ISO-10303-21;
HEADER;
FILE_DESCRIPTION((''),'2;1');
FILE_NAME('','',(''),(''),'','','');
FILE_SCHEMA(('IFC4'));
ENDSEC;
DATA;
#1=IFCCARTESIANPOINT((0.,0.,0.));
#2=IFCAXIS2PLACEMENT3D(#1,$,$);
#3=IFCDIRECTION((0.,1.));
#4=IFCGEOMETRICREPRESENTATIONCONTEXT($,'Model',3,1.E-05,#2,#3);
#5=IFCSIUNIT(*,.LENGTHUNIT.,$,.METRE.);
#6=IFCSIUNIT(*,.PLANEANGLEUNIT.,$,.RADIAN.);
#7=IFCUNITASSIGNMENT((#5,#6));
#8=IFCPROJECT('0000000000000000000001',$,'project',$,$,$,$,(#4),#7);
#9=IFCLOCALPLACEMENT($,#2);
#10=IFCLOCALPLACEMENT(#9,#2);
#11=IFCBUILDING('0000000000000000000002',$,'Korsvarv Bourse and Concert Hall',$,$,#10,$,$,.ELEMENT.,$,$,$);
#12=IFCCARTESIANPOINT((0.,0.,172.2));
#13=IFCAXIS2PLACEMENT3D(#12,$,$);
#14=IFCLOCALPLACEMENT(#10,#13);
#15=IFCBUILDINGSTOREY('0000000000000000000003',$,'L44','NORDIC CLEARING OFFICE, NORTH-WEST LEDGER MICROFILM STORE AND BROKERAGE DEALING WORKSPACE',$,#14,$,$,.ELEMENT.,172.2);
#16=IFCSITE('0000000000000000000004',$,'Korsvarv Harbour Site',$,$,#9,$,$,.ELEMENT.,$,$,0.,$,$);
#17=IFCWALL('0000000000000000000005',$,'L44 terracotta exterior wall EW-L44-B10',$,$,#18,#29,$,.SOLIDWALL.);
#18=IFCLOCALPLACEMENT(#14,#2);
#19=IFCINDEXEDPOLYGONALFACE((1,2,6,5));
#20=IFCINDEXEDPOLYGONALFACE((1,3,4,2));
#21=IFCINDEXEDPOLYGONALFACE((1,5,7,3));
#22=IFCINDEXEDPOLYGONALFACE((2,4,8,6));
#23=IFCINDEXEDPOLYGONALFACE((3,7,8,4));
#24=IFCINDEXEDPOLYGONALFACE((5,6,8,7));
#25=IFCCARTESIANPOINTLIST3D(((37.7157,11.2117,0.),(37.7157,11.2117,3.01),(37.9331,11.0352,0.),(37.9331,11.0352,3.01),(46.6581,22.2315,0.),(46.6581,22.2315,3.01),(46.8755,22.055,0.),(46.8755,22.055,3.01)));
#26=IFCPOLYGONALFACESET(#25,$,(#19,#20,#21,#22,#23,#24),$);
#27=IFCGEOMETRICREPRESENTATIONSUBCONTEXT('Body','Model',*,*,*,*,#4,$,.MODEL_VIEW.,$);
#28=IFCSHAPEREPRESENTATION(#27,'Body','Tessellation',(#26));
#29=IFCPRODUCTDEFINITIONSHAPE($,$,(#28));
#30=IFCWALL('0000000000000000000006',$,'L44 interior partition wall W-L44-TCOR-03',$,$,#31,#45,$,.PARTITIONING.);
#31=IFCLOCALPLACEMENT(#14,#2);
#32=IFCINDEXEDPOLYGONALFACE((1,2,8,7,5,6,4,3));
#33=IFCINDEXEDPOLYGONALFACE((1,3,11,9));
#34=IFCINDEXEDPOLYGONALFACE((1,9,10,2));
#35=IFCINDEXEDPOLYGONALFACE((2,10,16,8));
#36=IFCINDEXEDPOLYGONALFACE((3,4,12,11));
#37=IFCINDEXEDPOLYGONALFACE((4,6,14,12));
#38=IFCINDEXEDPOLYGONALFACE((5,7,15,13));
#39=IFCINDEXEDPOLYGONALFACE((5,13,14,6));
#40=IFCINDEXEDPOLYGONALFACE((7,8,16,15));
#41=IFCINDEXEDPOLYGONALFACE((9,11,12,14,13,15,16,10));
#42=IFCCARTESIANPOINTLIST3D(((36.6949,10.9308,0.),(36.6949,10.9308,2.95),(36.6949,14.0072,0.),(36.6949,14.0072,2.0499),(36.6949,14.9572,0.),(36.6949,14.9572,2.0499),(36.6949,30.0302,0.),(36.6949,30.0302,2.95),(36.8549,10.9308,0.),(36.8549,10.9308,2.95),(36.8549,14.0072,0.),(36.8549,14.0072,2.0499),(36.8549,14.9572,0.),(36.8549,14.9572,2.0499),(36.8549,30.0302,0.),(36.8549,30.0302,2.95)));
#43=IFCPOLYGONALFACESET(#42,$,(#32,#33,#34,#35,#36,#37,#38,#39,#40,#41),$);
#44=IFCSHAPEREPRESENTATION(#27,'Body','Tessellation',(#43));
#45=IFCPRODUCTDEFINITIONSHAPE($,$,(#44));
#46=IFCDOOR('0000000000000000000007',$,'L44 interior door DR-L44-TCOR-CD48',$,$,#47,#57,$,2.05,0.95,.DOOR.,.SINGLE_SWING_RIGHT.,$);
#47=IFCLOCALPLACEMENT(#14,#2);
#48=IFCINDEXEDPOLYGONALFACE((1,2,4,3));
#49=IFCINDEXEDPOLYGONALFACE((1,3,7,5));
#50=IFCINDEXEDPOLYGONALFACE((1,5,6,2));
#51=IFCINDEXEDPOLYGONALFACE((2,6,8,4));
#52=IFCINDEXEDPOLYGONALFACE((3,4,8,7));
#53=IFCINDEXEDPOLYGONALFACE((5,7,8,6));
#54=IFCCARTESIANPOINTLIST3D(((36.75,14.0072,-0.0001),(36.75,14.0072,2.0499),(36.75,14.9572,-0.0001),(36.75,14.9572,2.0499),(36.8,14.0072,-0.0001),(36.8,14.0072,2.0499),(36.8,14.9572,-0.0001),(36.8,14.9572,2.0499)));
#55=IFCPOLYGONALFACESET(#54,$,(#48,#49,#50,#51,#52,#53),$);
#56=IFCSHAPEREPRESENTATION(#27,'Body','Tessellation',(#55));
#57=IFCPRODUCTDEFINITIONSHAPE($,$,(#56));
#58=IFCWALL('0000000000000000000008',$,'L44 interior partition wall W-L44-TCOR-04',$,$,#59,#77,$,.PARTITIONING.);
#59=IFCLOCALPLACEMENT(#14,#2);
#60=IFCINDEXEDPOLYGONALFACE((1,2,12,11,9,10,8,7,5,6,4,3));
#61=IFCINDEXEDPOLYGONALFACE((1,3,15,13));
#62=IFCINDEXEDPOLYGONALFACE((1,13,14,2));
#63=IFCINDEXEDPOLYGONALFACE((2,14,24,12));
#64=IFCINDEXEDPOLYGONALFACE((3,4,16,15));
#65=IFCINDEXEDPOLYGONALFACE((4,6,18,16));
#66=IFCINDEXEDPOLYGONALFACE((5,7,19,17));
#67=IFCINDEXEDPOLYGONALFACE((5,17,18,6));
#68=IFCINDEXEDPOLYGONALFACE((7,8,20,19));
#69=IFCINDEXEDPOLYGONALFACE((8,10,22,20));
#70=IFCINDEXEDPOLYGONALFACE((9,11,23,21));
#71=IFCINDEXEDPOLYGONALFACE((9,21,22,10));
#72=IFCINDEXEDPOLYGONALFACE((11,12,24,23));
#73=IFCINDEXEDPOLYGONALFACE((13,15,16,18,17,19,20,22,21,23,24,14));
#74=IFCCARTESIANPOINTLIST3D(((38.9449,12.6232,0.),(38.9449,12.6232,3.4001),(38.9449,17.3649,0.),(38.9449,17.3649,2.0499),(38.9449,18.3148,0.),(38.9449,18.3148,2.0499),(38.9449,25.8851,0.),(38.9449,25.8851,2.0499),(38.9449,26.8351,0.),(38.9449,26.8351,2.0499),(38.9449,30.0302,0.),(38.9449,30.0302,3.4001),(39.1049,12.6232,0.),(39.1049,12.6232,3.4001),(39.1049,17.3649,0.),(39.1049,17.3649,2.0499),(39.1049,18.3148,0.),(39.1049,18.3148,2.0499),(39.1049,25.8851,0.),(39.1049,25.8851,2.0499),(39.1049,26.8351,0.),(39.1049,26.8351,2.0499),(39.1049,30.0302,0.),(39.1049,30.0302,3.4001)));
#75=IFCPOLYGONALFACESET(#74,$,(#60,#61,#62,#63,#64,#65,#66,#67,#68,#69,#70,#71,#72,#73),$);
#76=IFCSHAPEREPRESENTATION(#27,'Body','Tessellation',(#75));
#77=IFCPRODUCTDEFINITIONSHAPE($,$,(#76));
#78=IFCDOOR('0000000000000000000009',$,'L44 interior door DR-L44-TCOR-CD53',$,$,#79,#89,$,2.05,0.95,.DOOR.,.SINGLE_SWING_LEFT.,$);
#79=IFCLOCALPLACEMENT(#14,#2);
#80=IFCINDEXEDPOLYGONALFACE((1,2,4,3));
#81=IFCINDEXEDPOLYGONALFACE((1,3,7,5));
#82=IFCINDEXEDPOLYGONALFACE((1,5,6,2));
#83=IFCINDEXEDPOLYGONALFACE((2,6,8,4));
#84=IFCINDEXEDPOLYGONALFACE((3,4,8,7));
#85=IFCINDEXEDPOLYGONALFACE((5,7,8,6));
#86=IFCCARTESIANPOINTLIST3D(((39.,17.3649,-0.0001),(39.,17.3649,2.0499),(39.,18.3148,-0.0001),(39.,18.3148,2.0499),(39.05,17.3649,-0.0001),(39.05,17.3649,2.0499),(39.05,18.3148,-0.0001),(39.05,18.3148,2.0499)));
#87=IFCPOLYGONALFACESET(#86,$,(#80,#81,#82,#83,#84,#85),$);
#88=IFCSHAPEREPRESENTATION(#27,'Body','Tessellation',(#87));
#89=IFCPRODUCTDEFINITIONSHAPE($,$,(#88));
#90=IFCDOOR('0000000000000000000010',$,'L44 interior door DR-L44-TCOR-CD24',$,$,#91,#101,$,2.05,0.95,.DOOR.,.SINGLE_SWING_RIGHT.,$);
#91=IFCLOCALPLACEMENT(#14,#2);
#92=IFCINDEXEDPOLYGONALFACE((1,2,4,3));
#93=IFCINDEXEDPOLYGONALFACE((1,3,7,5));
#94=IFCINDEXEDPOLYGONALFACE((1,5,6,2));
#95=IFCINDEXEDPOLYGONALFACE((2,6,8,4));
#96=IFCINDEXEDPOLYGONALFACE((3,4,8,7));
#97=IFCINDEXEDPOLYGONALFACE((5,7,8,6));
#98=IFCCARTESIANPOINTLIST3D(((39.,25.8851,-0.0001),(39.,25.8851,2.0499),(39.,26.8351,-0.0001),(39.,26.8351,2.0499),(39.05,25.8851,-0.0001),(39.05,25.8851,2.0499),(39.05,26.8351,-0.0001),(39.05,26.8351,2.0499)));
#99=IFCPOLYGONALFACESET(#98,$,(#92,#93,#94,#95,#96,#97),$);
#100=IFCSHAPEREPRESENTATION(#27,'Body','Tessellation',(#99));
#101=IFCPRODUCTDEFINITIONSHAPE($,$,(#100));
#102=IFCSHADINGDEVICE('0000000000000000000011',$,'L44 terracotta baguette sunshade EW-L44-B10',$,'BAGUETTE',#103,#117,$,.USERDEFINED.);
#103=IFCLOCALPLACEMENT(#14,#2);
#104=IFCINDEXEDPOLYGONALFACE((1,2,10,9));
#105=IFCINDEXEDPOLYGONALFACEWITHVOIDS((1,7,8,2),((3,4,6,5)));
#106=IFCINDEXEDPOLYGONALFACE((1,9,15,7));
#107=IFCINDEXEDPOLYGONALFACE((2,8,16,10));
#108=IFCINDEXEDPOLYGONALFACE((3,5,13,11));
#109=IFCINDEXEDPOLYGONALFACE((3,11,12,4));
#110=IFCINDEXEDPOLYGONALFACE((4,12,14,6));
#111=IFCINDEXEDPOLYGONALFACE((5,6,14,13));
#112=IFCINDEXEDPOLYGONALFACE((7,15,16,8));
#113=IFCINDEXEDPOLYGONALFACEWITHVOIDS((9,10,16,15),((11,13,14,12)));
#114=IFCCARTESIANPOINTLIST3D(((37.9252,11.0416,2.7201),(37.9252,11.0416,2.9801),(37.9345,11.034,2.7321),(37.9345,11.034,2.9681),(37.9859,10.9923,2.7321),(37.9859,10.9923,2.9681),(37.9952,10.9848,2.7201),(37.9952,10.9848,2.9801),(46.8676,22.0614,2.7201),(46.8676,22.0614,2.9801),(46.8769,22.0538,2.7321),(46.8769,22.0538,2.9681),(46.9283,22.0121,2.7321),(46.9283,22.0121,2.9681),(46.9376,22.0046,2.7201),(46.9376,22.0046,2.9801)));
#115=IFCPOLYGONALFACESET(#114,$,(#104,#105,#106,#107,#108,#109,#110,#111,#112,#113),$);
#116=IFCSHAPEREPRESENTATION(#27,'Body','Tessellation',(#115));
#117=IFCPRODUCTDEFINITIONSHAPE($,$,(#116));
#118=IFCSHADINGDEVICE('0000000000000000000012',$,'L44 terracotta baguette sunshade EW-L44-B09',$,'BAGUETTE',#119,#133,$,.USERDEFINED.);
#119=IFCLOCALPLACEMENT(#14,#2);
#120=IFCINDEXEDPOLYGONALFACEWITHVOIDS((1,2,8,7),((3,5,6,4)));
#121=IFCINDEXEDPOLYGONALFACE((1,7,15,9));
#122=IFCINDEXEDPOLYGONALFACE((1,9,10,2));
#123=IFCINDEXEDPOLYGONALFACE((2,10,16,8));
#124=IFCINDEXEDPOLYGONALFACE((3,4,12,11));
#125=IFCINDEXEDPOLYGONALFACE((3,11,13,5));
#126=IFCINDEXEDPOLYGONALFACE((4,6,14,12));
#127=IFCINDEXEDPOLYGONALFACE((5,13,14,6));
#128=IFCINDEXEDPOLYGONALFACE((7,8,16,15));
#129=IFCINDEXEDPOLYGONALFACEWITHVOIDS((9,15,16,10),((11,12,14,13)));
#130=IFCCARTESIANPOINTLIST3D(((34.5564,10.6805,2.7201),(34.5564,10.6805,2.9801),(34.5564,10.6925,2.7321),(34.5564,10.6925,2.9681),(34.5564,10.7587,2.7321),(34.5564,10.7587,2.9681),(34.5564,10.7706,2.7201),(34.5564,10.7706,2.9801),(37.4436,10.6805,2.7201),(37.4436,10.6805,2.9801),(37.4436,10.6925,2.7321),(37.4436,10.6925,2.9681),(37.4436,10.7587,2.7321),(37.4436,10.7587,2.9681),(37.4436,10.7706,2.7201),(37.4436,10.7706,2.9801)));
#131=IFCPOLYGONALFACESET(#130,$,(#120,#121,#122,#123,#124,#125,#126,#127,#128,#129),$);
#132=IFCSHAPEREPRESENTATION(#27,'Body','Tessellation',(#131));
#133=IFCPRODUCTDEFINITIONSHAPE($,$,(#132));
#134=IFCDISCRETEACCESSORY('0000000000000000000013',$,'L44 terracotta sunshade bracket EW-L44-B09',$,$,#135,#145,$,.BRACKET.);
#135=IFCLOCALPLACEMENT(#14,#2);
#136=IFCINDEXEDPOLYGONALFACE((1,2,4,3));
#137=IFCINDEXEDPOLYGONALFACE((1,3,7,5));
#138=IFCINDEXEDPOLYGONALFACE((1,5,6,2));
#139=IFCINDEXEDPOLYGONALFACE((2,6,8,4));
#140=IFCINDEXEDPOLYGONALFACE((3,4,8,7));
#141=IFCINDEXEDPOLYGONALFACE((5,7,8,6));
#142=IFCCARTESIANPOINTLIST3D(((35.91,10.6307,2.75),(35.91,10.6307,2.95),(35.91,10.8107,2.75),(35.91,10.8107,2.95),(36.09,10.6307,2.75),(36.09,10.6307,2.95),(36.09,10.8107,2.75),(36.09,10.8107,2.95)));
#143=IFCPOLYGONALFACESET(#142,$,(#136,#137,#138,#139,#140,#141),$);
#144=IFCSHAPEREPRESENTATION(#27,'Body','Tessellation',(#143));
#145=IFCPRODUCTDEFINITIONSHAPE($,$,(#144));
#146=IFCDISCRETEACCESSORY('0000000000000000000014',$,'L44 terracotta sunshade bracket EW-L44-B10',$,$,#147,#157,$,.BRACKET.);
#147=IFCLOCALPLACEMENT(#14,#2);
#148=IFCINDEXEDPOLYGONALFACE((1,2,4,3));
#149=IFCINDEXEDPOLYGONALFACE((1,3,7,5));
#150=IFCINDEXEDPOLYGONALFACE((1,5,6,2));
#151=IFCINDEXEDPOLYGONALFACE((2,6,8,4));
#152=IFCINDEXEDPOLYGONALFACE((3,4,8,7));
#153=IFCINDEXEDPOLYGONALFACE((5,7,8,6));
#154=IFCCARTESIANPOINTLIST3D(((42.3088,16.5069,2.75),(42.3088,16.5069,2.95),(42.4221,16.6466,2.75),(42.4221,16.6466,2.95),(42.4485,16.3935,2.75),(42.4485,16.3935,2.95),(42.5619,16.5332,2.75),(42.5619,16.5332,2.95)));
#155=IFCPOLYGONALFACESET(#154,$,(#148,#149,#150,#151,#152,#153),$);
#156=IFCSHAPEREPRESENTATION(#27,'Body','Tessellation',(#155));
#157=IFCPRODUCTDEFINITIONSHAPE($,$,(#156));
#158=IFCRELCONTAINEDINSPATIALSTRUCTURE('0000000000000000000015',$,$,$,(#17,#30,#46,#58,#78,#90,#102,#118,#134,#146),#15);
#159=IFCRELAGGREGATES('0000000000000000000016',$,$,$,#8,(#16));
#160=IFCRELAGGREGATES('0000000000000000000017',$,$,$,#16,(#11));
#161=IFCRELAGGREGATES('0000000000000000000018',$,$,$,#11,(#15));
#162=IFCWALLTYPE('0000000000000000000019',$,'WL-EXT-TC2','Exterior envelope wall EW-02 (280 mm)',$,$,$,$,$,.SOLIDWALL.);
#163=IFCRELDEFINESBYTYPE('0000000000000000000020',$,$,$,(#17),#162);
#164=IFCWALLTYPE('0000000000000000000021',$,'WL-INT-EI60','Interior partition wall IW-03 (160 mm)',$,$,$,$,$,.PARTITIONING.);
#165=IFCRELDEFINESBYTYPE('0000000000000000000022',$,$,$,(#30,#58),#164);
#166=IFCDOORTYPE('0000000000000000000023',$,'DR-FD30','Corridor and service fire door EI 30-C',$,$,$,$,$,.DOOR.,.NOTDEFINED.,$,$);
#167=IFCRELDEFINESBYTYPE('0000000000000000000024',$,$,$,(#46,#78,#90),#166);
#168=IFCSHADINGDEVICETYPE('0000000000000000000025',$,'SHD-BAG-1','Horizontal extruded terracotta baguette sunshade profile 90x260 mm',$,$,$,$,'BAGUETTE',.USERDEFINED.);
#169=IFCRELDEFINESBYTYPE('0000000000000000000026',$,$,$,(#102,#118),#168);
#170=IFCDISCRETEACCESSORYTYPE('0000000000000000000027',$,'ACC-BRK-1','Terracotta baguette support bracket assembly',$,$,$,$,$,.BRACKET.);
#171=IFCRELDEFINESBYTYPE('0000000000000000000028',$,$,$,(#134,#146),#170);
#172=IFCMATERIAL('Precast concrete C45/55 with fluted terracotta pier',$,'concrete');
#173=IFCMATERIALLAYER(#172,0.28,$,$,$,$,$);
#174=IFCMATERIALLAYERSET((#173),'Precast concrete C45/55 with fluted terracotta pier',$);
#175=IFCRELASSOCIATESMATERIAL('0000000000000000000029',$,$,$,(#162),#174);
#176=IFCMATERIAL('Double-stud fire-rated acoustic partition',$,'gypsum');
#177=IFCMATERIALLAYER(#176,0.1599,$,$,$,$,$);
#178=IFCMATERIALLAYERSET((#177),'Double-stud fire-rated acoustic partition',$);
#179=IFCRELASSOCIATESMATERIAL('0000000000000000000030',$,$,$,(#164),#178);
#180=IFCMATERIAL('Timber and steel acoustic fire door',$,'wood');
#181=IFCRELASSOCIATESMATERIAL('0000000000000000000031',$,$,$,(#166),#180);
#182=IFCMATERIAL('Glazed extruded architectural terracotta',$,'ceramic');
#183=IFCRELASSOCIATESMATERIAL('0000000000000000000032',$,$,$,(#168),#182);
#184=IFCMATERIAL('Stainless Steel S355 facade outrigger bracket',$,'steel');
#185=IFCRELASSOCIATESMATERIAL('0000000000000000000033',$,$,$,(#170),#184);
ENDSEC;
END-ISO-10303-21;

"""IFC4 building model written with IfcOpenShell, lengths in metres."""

from ifc_helpers import new_model, si_unit, direction, frame, frame_2d, origin, origin_2d, place, context, subcontext, project, spatial, rectangle, hollow_rectangle, extrude, source, transform, mapped, material, layer, layer_set, material_profile, profile_set, type_object, element, fill, save


model = new_model("IFC4")

# Units and contexts
model_context = context("Model", 3, precision=1e-05, world=origin(), true_north=direction((0.0, 1.0)))
body_context = subcontext(model_context, "Body", "Model", "MODEL_VIEW")
ifc_project = project(units=[si_unit("LENGTHUNIT", "METRE"), si_unit("PLANEANGLEUNIT", "RADIAN")], contexts=[model_context])

# Site, building, storey
site_placement = place(None, origin())
site = spatial("IfcSite", under=ifc_project, at=site_placement, Name="Korsvarv Harbour Site", CompositionType="ELEMENT", RefElevation=0.0)
building_placement = place(site_placement, origin())
building = spatial("IfcBuilding", under=site, at=building_placement, Name="Korsvarv Bourse and Concert Hall", CompositionType="ELEMENT")
storey_placement = place(building_placement, frame((0.0, 0.0, 172.2)))
storey = spatial("IfcBuildingStorey", under=building, at=storey_placement, Name="L44", Description="NORDIC CLEARING OFFICE, NORTH-WEST LEDGER MICROFILM STORE AND BROKERAGE DEALING WORKSPACE", CompositionType="ELEMENT", Elevation=172.2)

# Wall
ifc_material_1 = material(Name="Precast concrete C45/55 with fluted terracotta pier", Category="concrete")
ifc_layer_1 = layer(ifc_material_1, 0.28)
ifc_layer_set_1 = layer_set([ifc_layer_1], Name="Precast concrete C45/55 with fluted terracotta pier")
wall_type_1 = type_object("IfcWallType", Name="WL-EXT-TC2", Description="Exterior envelope wall EW-02 (280 mm)", PredefinedType="SOLIDWALL", material=ifc_layer_set_1)
wall_1_placement = place(storey_placement, frame((37.8245, 11.1235, 0.0), z_axis=(0.0, 0.0, 1.0), x_axis=(0.630118, 0.7765, 0.0)))
element("IfcWall", 1, at=wall_1_placement, inside=storey, type_object=wall_type_1, Name="L44 terracotta exterior wall EW-L44-B10", PredefinedType="SOLIDWALL", context=body_context, shape_type="SweptSolid", body=[
    extrude(rectangle(XDim=14.1917, YDim=0.28, at=frame_2d((7.0957, 0.0))), origin(), (0.0, 0.0, 1.0), 3.01),
])

# Wall, opening, door
ifc_material_2 = material(Name="Double-stud fire-rated acoustic partition", Category="gypsum")
ifc_layer_2 = layer(ifc_material_2, 0.1599)
ifc_layer_set_2 = layer_set([ifc_layer_2], Name="Double-stud fire-rated acoustic partition")
wall_type_2 = type_object("IfcWallType", Name="WL-INT-EI60", Description="Interior partition wall IW-03 (160 mm)", PredefinedType="PARTITIONING", material=ifc_layer_set_2)
wall_2_placement = place(storey_placement, frame((36.7749, 10.9307, 0.0), z_axis=(0.0, 0.0, 1.0), x_axis=(0.0, 1.0, 0.0)))
wall_2 = element("IfcWall", 2, at=wall_2_placement, inside=storey, type_object=wall_type_2, Name="L44 interior partition wall W-L44-TCOR-03", PredefinedType="PARTITIONING", context=body_context, shape_type="SweptSolid", body=[
    extrude(rectangle(XDim=19.0994, YDim=0.1599, at=frame_2d((9.5498, 0.0))), origin(), (0.0, 0.0, 1.0), 2.95),
])
opening_1_placement = place(wall_2_placement, frame((3.0764, 0.0, 0.0)))
opening_1 = element("IfcOpeningElement", 3, at=opening_1_placement, cuts=wall_2, PredefinedType="OPENING", context=body_context, shape_type="SweptSolid", body=[
    extrude(rectangle(XDim=0.95, YDim=2.05, at=frame_2d((0.4751, 1.0249))), frame((0.0, 0.0898, 0.0), z_axis=(0.0, -1.0, 0.0), x_axis=(1.0, 0.0, 0.0)), (0.0, 0.0, 1.0), 0.1799),
])
ifc_material_3 = material(Name="Timber and steel acoustic fire door", Category="wood")
door_type = type_object("IfcDoorType", Name="DR-FD30", Description="Corridor and service fire door EI 30-C", OperationType="NOTDEFINED", PredefinedType="DOOR", material=ifc_material_3)
door_1_placement = place(opening_1_placement, origin())
door_1 = element("IfcDoor", 4, at=door_1_placement, inside=storey, type_object=door_type, Name="L44 interior door DR-L44-TCOR-CD48", OperationType="SINGLE_SWING_RIGHT", OverallHeight=2.05, OverallWidth=0.95, PredefinedType="DOOR", context=body_context, shape_type="SweptSolid", body=[
    extrude(rectangle(XDim=0.95, YDim=2.05, at=frame_2d((0.4751, 1.0249))), frame((0.0, 0.0249, 0.0), z_axis=(0.0, -1.0, 0.0), x_axis=(1.0, 0.0, 0.0)), (0.0, 0.0, 1.0), 0.05),
])
fill(opening_1, door_1)

# Wall, openings, doors
wall_3_placement = place(storey_placement, frame((39.0249, 12.623, 0.0), z_axis=(0.0, 0.0, 1.0), x_axis=(0.0, 1.0, 0.0)))
wall_3 = element("IfcWall", 5, at=wall_3_placement, inside=storey, type_object=wall_type_2, Name="L44 interior partition wall W-L44-TCOR-04", PredefinedType="PARTITIONING", context=body_context, shape_type="SweptSolid", body=[
    extrude(rectangle(XDim=17.407, YDim=0.1599, at=frame_2d((8.7036, 0.0))), origin(), (0.0, 0.0, 1.0), 3.4001),
])
opening_2_placement = place(wall_3_placement, frame((4.7417, 0.0, 0.0)))
opening_2 = element("IfcOpeningElement", 6, at=opening_2_placement, cuts=wall_3, PredefinedType="OPENING", context=body_context, shape_type="SweptSolid", body=[
    extrude(rectangle(XDim=0.95, YDim=2.05, at=frame_2d((0.4751, 1.0249))), frame((0.0, 0.0898, 0.0), z_axis=(0.0, -1.0, 0.0), x_axis=(1.0, 0.0, 0.0)), (0.0, 0.0, 1.0), 0.1799),
])
opening_3_placement = place(wall_3_placement, frame((13.262, 0.0, 0.0)))
opening_3 = element("IfcOpeningElement", 7, at=opening_3_placement, cuts=wall_3, PredefinedType="OPENING", context=body_context, shape_type="SweptSolid", body=[
    extrude(rectangle(XDim=0.95, YDim=2.05, at=frame_2d((0.4751, 1.0249))), frame((0.0, 0.0898, 0.0), z_axis=(0.0, -1.0, 0.0), x_axis=(1.0, 0.0, 0.0)), (0.0, 0.0, 1.0), 0.1799),
])
door_2_placement = place(opening_2_placement, origin())
door_2 = element("IfcDoor", 8, at=door_2_placement, inside=storey, type_object=door_type, Name="L44 interior door DR-L44-TCOR-CD53", OperationType="SINGLE_SWING_LEFT", OverallHeight=2.05, OverallWidth=0.95, PredefinedType="DOOR", context=body_context, shape_type="SweptSolid", body=[
    extrude(rectangle(XDim=0.95, YDim=2.05, at=frame_2d((0.4751, 1.0249))), frame((0.0, 0.0249, 0.0), z_axis=(0.0, -1.0, 0.0), x_axis=(1.0, 0.0, 0.0)), (0.0, 0.0, 1.0), 0.05),
])
fill(opening_2, door_2)
door_3_placement = place(opening_3_placement, origin())
door_3 = element("IfcDoor", 9, at=door_3_placement, inside=storey, type_object=door_type, Name="L44 interior door DR-L44-TCOR-CD24", OperationType="SINGLE_SWING_RIGHT", OverallHeight=2.05, OverallWidth=0.95, PredefinedType="DOOR", context=body_context, shape_type="SweptSolid", body=[
    extrude(rectangle(XDim=0.95, YDim=2.05, at=frame_2d((0.4751, 1.0249))), frame((0.0, 0.0249, 0.0), z_axis=(0.0, -1.0, 0.0), x_axis=(1.0, 0.0, 0.0)), (0.0, 0.0, 1.0), 0.05),
])
fill(opening_3, door_3)

# Shading devices
ifc_material_4 = material(Name="Glazed extruded architectural terracotta", Category="ceramic")
ifc_material_profile_1 = material_profile(ifc_material_4, hollow_rectangle(XDim=0.0901, YDim=0.26, WallThickness=0.012, at=origin_2d()), Name="TC-BAG 90x260")
ifc_profile_set_1 = profile_set([ifc_material_profile_1], Name="Glazed extruded architectural terracotta")
shading_device_type = type_object("IfcShadingDeviceType", Name="SHD-BAG-1", Description="Horizontal extruded terracotta baguette sunshade profile 90x260 mm", ElementType="BAGUETTE", PredefinedType="USERDEFINED", material=ifc_profile_set_1)
shared_shape_1 = source(origin(), body_context, "Body", "SweptSolid", [
    extrude(hollow_rectangle(XDim=0.0901, YDim=0.26, WallThickness=0.012, at=origin_2d()), origin(), (0.0, 0.0, 1.0), 14.1917),
])
shading_device_1_placement = place(storey_placement, frame((37.9602, 11.0132, 2.8501), z_axis=(0.630118, 0.7765, 0.0), x_axis=(-0.7765, 0.630118, 0.0)))
element("IfcShadingDevice", 10, at=shading_device_1_placement, inside=storey, type_object=shading_device_type, Name="L44 terracotta baguette sunshade EW-L44-B10", ObjectType="BAGUETTE", PredefinedType="USERDEFINED", context=body_context, shape_type="MappedRepresentation", body=[
    mapped(shared_shape_1, transform((0.0, 0.0, 0.0), scale=1.0)),
])
shared_shape_2 = source(origin(), body_context, "Body", "SweptSolid", [
    extrude(hollow_rectangle(XDim=0.0901, YDim=0.26, WallThickness=0.012, at=origin_2d()), origin(), (0.0, 0.0, 1.0), 2.8872),
])
shading_device_2_placement = place(storey_placement, frame((34.5564, 10.7256, 2.8501), z_axis=(1.0, 0.0, 0.0), x_axis=(0.0, 1.0, 0.0)))
element("IfcShadingDevice", 11, at=shading_device_2_placement, inside=storey, type_object=shading_device_type, Name="L44 terracotta baguette sunshade EW-L44-B09", ObjectType="BAGUETTE", PredefinedType="USERDEFINED", context=body_context, shape_type="MappedRepresentation", body=[
    mapped(shared_shape_2, transform((0.0, 0.0, 0.0), scale=1.0)),
])

# Discrete accessories
ifc_material_5 = material(Name="Stainless Steel S355 facade outrigger bracket", Category="steel")
discrete_accessory_type = type_object("IfcDiscreteAccessoryType", Name="ACC-BRK-1", Description="Terracotta baguette support bracket assembly", PredefinedType="BRACKET", material=ifc_material_5)
shared_shape_3 = source(origin(), body_context, "Body", "SweptSolid", [
    extrude(rectangle(XDim=0.1799, YDim=0.1799, at=origin_2d()), origin(), (0.0, 0.0, 1.0), 0.2),
])
for number, where, z_axis, x_axis, name in (
    (12, (36.0, 10.7207, 2.75), (0.0, 0.0, 1.0), (1.0, 0.0, 0.0), "L44 terracotta sunshade bracket EW-L44-B09"),
    (13, (42.4353, 16.52, 2.75), (0.0, 0.0, 1.0), (0.630134, 0.776487, 0.0), "L44 terracotta sunshade bracket EW-L44-B10"),
):
    element("IfcDiscreteAccessory", number, at=place(storey_placement, frame(where, z_axis=z_axis, x_axis=x_axis)), inside=storey, type_object=discrete_accessory_type, Name=name, PredefinedType="BRACKET", context=body_context, shape_type="MappedRepresentation", body=[
        mapped(shared_shape_3, transform((0.0, 0.0, 0.0), scale=1.0)),
    ])

save(model, "model.ifc")
